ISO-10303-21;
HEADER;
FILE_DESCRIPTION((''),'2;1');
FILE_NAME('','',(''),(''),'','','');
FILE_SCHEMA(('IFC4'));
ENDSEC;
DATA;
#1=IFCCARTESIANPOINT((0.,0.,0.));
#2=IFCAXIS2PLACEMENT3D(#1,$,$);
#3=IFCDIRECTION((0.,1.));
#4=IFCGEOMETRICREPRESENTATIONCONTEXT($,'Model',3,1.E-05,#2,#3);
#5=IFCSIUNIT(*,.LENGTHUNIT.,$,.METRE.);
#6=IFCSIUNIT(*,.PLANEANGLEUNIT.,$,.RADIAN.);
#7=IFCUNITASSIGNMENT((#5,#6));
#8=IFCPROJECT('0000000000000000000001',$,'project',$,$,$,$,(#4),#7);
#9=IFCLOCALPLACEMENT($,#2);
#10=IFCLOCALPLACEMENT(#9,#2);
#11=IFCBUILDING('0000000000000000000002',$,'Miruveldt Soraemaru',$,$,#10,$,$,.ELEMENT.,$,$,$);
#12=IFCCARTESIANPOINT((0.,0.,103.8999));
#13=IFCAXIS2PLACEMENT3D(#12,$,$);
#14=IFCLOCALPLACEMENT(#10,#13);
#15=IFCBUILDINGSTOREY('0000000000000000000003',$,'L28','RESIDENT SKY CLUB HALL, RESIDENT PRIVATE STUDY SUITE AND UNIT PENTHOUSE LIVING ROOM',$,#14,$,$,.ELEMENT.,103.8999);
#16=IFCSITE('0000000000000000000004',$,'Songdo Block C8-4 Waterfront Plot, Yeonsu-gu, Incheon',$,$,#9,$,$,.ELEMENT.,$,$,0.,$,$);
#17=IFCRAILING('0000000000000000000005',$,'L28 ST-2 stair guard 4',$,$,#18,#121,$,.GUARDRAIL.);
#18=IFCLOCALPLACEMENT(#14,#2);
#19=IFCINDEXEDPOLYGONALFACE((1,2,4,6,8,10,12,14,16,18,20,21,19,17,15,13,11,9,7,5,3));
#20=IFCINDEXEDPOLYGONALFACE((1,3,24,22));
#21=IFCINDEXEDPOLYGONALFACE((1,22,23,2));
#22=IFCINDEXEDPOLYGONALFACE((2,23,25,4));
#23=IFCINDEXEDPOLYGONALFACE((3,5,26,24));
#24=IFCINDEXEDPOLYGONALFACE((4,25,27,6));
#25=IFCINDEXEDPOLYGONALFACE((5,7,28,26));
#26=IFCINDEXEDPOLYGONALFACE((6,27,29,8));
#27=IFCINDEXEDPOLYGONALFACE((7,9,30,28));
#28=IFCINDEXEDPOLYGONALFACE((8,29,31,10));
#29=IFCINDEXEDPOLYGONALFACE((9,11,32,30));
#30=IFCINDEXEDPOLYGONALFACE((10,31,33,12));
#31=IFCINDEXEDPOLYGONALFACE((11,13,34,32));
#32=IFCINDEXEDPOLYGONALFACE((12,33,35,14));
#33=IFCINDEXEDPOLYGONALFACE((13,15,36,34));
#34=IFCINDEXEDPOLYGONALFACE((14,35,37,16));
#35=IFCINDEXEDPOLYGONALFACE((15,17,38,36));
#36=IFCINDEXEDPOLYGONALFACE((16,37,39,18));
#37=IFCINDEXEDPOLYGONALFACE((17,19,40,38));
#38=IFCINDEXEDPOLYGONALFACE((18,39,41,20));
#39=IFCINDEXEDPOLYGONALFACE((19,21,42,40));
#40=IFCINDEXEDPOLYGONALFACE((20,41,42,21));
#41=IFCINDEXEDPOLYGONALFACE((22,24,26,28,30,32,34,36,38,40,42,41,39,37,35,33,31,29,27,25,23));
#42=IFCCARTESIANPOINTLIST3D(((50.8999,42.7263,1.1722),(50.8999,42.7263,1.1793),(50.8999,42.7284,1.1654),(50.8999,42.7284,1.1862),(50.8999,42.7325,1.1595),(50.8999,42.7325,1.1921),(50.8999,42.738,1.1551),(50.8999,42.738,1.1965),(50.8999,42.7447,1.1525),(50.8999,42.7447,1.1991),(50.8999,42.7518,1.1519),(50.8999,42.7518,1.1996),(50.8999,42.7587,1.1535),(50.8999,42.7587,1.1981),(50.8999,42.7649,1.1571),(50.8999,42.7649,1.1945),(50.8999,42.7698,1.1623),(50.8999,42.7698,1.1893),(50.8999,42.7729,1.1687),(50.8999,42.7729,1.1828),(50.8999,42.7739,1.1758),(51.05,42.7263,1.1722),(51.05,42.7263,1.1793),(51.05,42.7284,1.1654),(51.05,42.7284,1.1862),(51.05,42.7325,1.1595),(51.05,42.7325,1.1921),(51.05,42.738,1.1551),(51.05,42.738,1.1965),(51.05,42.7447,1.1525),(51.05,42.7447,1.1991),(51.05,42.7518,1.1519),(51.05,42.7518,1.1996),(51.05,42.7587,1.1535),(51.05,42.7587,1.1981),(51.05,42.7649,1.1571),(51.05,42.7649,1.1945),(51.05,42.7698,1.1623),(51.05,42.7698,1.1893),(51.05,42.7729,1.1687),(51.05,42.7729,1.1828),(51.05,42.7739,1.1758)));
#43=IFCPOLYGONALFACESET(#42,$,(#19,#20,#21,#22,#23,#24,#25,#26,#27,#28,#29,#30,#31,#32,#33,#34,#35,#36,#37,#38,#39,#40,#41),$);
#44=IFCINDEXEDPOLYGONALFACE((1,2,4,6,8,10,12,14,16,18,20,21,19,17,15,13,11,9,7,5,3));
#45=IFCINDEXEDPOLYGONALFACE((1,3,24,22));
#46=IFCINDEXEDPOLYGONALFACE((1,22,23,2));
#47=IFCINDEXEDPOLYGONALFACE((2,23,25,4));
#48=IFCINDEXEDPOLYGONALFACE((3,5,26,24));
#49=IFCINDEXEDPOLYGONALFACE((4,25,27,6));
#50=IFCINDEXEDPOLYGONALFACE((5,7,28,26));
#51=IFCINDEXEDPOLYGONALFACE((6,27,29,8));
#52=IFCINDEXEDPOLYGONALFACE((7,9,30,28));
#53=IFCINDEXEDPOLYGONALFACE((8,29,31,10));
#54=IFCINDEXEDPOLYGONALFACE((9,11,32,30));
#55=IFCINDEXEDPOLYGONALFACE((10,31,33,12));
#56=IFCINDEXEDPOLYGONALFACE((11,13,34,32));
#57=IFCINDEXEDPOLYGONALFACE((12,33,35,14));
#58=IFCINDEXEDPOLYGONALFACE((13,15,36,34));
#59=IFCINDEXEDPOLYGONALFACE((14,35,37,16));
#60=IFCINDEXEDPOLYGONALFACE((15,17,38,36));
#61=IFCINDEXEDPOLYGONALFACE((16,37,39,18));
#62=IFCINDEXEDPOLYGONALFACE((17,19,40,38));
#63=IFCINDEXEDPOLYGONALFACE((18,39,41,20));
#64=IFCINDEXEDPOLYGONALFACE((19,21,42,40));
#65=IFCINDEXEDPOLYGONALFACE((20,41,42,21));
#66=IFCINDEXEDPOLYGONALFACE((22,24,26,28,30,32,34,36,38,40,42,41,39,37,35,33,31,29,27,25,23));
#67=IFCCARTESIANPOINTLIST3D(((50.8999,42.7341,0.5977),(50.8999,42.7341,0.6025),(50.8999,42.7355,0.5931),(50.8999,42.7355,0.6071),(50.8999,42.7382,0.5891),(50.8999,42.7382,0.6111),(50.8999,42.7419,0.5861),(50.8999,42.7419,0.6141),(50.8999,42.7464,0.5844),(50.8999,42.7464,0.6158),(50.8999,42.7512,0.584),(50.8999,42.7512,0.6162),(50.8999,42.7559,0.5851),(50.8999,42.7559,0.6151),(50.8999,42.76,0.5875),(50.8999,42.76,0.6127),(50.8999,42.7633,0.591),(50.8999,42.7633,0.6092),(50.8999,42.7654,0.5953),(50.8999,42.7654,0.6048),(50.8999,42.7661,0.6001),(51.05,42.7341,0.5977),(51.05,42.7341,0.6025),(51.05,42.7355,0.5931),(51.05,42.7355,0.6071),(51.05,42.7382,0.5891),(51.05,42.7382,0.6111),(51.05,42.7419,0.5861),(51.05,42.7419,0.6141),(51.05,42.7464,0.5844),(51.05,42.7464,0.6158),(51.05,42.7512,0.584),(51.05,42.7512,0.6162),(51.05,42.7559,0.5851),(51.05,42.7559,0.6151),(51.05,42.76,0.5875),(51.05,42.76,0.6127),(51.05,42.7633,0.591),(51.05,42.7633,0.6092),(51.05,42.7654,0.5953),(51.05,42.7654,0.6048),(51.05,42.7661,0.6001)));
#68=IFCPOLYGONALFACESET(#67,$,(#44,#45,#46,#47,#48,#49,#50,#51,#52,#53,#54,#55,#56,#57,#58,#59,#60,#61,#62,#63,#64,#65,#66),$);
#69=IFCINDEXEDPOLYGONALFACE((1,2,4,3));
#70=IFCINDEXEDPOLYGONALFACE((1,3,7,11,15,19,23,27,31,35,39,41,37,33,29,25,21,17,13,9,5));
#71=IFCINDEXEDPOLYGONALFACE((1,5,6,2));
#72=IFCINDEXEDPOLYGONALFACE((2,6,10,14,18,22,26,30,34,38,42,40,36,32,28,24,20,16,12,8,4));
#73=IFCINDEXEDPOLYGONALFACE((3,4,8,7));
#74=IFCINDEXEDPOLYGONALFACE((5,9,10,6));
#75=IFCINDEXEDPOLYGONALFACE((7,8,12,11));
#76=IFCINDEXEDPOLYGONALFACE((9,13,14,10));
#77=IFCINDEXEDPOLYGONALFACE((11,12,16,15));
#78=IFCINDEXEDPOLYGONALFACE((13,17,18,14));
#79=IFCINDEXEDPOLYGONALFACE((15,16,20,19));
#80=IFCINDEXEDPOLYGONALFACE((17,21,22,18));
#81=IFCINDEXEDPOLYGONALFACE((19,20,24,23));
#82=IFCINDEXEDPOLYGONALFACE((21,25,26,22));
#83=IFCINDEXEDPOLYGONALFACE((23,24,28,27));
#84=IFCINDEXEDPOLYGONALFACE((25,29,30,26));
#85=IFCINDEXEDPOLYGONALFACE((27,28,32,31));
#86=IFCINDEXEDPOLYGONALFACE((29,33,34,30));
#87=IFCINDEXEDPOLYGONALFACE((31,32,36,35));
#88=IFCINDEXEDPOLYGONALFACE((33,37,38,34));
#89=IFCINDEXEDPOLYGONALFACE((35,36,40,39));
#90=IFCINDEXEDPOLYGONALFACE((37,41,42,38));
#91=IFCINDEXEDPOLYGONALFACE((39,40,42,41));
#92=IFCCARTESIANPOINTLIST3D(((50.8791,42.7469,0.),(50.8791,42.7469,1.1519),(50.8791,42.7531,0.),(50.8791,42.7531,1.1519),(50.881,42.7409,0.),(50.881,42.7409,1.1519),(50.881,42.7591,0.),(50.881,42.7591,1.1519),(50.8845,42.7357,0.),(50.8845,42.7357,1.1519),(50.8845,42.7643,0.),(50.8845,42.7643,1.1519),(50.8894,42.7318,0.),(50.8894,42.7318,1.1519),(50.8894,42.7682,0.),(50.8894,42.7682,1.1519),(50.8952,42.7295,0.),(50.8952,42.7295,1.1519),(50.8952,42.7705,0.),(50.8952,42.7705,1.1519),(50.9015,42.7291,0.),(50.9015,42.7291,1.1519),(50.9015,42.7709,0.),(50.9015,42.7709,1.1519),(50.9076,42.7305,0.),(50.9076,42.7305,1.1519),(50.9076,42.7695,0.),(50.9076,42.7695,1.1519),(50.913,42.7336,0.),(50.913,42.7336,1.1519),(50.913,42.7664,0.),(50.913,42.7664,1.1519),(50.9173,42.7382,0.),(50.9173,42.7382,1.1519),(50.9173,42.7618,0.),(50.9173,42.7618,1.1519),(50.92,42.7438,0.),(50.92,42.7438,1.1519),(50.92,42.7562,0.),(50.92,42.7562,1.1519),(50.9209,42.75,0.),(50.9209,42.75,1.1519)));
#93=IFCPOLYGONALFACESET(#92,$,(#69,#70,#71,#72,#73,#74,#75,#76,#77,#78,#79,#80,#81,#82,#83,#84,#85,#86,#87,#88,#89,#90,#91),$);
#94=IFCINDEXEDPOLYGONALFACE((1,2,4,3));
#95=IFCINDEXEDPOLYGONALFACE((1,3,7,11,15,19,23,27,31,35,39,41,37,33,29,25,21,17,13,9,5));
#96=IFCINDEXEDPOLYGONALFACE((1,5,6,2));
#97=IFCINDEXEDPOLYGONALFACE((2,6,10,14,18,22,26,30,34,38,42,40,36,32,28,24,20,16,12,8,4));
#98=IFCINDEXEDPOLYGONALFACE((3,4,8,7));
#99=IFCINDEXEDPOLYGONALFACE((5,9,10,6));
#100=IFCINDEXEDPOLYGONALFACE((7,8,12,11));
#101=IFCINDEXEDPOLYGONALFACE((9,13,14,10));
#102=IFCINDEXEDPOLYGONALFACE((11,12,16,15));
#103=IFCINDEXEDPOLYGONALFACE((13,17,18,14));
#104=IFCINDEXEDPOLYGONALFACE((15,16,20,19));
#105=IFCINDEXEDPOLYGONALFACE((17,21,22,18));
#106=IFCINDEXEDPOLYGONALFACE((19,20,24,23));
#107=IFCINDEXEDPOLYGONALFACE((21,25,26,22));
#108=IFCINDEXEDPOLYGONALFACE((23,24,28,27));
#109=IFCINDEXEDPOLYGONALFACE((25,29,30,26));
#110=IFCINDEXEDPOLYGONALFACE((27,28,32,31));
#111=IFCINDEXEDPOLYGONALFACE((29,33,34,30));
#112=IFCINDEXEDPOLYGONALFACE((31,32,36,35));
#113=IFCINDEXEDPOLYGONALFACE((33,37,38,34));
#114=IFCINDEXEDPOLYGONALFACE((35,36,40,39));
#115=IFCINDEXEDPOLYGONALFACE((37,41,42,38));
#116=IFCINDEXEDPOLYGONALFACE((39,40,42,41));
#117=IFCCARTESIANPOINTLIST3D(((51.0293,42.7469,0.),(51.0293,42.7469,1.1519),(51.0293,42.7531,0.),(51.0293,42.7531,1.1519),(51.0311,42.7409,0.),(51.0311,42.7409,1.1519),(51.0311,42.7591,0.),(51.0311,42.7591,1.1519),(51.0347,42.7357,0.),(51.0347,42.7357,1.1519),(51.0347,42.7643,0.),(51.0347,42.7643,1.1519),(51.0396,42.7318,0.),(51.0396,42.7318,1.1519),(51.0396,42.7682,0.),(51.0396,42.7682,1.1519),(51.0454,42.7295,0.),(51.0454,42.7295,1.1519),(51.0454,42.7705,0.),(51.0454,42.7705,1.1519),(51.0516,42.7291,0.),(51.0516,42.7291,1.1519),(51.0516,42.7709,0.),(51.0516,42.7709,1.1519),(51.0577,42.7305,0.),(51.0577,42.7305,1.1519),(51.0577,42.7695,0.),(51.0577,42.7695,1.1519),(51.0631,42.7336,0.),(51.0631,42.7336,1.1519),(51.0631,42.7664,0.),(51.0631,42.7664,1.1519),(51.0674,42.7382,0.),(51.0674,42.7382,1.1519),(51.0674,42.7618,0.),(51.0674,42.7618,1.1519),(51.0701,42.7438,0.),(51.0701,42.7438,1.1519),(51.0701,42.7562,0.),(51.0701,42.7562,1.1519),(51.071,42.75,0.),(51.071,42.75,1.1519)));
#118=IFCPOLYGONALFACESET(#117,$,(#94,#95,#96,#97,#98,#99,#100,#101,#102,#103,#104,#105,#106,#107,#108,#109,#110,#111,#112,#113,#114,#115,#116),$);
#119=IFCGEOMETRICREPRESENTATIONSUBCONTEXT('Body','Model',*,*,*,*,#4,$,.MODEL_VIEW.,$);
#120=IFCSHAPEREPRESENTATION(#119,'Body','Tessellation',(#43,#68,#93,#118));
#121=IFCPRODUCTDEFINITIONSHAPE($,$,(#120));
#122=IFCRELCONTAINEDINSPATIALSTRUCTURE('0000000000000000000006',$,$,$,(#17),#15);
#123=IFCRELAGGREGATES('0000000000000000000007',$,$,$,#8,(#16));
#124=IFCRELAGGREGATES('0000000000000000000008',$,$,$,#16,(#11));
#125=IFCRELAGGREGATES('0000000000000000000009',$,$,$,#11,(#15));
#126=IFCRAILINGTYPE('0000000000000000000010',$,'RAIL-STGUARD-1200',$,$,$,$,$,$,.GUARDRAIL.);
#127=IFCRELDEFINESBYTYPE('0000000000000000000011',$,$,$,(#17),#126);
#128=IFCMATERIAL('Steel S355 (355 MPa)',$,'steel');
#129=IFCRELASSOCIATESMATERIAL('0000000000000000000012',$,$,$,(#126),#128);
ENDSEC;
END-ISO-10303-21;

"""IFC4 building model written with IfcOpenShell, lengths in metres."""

from ifc_helpers import new_model, si_unit, direction, frame, origin, origin_2d, place, context, subcontext, project, spatial, circle, extrude, material, type_object, element, save


model = new_model("IFC4")

# Units and contexts
model_context = context("Model", 3, precision=1e-05, world=origin(), true_north=direction((0.0, 1.0)))
body_context = subcontext(model_context, "Body", "Model", "MODEL_VIEW")
ifc_project = project(units=[si_unit("LENGTHUNIT", "METRE"), si_unit("PLANEANGLEUNIT", "RADIAN")], contexts=[model_context])

# Site, building, storey
site_placement = place(None, origin())
site = spatial("IfcSite", under=ifc_project, at=site_placement, Name="Songdo Block C8-4 Waterfront Plot, Yeonsu-gu, Incheon", CompositionType="ELEMENT", RefElevation=0.0)
building_placement = place(site_placement, origin())
building = spatial("IfcBuilding", under=site, at=building_placement, Name="Miruveldt Soraemaru", CompositionType="ELEMENT")
storey_placement = place(building_placement, frame((0.0, 0.0, 103.8999)))
storey = spatial("IfcBuildingStorey", under=building, at=storey_placement, Name="L28", Description="RESIDENT SKY CLUB HALL, RESIDENT PRIVATE STUDY SUITE AND UNIT PENTHOUSE LIVING ROOM", CompositionType="ELEMENT", Elevation=103.8999)

# Railing
ifc_material_1 = material(Name="Steel S355 (355 MPa)", Category="steel")
railing_type_1 = type_object("IfcRailingType", Name="RAIL-STGUARD-1200", PredefinedType="GUARDRAIL", material=ifc_material_1)
railing_1_placement = place(storey_placement, frame((50.8999, 42.75, 0.0)))
element("IfcRailing", 1, at=railing_1_placement, inside=storey, type_object=railing_type_1, Name="L28 ST-2 stair guard 4", PredefinedType="GUARDRAIL", context=body_context, shape_type="SweptSolid", body=[
    extrude(circle(Radius=0.0239, at=origin_2d()), frame((0.0, 0.0, 1.1758), z_axis=(1.0, 0.0, 0.0), x_axis=(0.0, 1.0, 0.0)), (0.0, 0.0, 1.0), 0.1501),
    extrude(circle(Radius=0.0161, at=origin_2d()), frame((0.0, 0.0, 0.6001), z_axis=(1.0, 0.0, 0.0), x_axis=(0.0, 1.0, 0.0)), (0.0, 0.0, 1.0), 0.1501),
    extrude(circle(Radius=0.021, at=origin_2d()), origin(), (0.0, 0.0, 1.0), 1.1519),
    extrude(circle(Radius=0.021, at=origin_2d()), frame((0.1501, 0.0, 0.0)), (0.0, 0.0, 1.0), 1.1519),
])

save(model, "model.ifc")
